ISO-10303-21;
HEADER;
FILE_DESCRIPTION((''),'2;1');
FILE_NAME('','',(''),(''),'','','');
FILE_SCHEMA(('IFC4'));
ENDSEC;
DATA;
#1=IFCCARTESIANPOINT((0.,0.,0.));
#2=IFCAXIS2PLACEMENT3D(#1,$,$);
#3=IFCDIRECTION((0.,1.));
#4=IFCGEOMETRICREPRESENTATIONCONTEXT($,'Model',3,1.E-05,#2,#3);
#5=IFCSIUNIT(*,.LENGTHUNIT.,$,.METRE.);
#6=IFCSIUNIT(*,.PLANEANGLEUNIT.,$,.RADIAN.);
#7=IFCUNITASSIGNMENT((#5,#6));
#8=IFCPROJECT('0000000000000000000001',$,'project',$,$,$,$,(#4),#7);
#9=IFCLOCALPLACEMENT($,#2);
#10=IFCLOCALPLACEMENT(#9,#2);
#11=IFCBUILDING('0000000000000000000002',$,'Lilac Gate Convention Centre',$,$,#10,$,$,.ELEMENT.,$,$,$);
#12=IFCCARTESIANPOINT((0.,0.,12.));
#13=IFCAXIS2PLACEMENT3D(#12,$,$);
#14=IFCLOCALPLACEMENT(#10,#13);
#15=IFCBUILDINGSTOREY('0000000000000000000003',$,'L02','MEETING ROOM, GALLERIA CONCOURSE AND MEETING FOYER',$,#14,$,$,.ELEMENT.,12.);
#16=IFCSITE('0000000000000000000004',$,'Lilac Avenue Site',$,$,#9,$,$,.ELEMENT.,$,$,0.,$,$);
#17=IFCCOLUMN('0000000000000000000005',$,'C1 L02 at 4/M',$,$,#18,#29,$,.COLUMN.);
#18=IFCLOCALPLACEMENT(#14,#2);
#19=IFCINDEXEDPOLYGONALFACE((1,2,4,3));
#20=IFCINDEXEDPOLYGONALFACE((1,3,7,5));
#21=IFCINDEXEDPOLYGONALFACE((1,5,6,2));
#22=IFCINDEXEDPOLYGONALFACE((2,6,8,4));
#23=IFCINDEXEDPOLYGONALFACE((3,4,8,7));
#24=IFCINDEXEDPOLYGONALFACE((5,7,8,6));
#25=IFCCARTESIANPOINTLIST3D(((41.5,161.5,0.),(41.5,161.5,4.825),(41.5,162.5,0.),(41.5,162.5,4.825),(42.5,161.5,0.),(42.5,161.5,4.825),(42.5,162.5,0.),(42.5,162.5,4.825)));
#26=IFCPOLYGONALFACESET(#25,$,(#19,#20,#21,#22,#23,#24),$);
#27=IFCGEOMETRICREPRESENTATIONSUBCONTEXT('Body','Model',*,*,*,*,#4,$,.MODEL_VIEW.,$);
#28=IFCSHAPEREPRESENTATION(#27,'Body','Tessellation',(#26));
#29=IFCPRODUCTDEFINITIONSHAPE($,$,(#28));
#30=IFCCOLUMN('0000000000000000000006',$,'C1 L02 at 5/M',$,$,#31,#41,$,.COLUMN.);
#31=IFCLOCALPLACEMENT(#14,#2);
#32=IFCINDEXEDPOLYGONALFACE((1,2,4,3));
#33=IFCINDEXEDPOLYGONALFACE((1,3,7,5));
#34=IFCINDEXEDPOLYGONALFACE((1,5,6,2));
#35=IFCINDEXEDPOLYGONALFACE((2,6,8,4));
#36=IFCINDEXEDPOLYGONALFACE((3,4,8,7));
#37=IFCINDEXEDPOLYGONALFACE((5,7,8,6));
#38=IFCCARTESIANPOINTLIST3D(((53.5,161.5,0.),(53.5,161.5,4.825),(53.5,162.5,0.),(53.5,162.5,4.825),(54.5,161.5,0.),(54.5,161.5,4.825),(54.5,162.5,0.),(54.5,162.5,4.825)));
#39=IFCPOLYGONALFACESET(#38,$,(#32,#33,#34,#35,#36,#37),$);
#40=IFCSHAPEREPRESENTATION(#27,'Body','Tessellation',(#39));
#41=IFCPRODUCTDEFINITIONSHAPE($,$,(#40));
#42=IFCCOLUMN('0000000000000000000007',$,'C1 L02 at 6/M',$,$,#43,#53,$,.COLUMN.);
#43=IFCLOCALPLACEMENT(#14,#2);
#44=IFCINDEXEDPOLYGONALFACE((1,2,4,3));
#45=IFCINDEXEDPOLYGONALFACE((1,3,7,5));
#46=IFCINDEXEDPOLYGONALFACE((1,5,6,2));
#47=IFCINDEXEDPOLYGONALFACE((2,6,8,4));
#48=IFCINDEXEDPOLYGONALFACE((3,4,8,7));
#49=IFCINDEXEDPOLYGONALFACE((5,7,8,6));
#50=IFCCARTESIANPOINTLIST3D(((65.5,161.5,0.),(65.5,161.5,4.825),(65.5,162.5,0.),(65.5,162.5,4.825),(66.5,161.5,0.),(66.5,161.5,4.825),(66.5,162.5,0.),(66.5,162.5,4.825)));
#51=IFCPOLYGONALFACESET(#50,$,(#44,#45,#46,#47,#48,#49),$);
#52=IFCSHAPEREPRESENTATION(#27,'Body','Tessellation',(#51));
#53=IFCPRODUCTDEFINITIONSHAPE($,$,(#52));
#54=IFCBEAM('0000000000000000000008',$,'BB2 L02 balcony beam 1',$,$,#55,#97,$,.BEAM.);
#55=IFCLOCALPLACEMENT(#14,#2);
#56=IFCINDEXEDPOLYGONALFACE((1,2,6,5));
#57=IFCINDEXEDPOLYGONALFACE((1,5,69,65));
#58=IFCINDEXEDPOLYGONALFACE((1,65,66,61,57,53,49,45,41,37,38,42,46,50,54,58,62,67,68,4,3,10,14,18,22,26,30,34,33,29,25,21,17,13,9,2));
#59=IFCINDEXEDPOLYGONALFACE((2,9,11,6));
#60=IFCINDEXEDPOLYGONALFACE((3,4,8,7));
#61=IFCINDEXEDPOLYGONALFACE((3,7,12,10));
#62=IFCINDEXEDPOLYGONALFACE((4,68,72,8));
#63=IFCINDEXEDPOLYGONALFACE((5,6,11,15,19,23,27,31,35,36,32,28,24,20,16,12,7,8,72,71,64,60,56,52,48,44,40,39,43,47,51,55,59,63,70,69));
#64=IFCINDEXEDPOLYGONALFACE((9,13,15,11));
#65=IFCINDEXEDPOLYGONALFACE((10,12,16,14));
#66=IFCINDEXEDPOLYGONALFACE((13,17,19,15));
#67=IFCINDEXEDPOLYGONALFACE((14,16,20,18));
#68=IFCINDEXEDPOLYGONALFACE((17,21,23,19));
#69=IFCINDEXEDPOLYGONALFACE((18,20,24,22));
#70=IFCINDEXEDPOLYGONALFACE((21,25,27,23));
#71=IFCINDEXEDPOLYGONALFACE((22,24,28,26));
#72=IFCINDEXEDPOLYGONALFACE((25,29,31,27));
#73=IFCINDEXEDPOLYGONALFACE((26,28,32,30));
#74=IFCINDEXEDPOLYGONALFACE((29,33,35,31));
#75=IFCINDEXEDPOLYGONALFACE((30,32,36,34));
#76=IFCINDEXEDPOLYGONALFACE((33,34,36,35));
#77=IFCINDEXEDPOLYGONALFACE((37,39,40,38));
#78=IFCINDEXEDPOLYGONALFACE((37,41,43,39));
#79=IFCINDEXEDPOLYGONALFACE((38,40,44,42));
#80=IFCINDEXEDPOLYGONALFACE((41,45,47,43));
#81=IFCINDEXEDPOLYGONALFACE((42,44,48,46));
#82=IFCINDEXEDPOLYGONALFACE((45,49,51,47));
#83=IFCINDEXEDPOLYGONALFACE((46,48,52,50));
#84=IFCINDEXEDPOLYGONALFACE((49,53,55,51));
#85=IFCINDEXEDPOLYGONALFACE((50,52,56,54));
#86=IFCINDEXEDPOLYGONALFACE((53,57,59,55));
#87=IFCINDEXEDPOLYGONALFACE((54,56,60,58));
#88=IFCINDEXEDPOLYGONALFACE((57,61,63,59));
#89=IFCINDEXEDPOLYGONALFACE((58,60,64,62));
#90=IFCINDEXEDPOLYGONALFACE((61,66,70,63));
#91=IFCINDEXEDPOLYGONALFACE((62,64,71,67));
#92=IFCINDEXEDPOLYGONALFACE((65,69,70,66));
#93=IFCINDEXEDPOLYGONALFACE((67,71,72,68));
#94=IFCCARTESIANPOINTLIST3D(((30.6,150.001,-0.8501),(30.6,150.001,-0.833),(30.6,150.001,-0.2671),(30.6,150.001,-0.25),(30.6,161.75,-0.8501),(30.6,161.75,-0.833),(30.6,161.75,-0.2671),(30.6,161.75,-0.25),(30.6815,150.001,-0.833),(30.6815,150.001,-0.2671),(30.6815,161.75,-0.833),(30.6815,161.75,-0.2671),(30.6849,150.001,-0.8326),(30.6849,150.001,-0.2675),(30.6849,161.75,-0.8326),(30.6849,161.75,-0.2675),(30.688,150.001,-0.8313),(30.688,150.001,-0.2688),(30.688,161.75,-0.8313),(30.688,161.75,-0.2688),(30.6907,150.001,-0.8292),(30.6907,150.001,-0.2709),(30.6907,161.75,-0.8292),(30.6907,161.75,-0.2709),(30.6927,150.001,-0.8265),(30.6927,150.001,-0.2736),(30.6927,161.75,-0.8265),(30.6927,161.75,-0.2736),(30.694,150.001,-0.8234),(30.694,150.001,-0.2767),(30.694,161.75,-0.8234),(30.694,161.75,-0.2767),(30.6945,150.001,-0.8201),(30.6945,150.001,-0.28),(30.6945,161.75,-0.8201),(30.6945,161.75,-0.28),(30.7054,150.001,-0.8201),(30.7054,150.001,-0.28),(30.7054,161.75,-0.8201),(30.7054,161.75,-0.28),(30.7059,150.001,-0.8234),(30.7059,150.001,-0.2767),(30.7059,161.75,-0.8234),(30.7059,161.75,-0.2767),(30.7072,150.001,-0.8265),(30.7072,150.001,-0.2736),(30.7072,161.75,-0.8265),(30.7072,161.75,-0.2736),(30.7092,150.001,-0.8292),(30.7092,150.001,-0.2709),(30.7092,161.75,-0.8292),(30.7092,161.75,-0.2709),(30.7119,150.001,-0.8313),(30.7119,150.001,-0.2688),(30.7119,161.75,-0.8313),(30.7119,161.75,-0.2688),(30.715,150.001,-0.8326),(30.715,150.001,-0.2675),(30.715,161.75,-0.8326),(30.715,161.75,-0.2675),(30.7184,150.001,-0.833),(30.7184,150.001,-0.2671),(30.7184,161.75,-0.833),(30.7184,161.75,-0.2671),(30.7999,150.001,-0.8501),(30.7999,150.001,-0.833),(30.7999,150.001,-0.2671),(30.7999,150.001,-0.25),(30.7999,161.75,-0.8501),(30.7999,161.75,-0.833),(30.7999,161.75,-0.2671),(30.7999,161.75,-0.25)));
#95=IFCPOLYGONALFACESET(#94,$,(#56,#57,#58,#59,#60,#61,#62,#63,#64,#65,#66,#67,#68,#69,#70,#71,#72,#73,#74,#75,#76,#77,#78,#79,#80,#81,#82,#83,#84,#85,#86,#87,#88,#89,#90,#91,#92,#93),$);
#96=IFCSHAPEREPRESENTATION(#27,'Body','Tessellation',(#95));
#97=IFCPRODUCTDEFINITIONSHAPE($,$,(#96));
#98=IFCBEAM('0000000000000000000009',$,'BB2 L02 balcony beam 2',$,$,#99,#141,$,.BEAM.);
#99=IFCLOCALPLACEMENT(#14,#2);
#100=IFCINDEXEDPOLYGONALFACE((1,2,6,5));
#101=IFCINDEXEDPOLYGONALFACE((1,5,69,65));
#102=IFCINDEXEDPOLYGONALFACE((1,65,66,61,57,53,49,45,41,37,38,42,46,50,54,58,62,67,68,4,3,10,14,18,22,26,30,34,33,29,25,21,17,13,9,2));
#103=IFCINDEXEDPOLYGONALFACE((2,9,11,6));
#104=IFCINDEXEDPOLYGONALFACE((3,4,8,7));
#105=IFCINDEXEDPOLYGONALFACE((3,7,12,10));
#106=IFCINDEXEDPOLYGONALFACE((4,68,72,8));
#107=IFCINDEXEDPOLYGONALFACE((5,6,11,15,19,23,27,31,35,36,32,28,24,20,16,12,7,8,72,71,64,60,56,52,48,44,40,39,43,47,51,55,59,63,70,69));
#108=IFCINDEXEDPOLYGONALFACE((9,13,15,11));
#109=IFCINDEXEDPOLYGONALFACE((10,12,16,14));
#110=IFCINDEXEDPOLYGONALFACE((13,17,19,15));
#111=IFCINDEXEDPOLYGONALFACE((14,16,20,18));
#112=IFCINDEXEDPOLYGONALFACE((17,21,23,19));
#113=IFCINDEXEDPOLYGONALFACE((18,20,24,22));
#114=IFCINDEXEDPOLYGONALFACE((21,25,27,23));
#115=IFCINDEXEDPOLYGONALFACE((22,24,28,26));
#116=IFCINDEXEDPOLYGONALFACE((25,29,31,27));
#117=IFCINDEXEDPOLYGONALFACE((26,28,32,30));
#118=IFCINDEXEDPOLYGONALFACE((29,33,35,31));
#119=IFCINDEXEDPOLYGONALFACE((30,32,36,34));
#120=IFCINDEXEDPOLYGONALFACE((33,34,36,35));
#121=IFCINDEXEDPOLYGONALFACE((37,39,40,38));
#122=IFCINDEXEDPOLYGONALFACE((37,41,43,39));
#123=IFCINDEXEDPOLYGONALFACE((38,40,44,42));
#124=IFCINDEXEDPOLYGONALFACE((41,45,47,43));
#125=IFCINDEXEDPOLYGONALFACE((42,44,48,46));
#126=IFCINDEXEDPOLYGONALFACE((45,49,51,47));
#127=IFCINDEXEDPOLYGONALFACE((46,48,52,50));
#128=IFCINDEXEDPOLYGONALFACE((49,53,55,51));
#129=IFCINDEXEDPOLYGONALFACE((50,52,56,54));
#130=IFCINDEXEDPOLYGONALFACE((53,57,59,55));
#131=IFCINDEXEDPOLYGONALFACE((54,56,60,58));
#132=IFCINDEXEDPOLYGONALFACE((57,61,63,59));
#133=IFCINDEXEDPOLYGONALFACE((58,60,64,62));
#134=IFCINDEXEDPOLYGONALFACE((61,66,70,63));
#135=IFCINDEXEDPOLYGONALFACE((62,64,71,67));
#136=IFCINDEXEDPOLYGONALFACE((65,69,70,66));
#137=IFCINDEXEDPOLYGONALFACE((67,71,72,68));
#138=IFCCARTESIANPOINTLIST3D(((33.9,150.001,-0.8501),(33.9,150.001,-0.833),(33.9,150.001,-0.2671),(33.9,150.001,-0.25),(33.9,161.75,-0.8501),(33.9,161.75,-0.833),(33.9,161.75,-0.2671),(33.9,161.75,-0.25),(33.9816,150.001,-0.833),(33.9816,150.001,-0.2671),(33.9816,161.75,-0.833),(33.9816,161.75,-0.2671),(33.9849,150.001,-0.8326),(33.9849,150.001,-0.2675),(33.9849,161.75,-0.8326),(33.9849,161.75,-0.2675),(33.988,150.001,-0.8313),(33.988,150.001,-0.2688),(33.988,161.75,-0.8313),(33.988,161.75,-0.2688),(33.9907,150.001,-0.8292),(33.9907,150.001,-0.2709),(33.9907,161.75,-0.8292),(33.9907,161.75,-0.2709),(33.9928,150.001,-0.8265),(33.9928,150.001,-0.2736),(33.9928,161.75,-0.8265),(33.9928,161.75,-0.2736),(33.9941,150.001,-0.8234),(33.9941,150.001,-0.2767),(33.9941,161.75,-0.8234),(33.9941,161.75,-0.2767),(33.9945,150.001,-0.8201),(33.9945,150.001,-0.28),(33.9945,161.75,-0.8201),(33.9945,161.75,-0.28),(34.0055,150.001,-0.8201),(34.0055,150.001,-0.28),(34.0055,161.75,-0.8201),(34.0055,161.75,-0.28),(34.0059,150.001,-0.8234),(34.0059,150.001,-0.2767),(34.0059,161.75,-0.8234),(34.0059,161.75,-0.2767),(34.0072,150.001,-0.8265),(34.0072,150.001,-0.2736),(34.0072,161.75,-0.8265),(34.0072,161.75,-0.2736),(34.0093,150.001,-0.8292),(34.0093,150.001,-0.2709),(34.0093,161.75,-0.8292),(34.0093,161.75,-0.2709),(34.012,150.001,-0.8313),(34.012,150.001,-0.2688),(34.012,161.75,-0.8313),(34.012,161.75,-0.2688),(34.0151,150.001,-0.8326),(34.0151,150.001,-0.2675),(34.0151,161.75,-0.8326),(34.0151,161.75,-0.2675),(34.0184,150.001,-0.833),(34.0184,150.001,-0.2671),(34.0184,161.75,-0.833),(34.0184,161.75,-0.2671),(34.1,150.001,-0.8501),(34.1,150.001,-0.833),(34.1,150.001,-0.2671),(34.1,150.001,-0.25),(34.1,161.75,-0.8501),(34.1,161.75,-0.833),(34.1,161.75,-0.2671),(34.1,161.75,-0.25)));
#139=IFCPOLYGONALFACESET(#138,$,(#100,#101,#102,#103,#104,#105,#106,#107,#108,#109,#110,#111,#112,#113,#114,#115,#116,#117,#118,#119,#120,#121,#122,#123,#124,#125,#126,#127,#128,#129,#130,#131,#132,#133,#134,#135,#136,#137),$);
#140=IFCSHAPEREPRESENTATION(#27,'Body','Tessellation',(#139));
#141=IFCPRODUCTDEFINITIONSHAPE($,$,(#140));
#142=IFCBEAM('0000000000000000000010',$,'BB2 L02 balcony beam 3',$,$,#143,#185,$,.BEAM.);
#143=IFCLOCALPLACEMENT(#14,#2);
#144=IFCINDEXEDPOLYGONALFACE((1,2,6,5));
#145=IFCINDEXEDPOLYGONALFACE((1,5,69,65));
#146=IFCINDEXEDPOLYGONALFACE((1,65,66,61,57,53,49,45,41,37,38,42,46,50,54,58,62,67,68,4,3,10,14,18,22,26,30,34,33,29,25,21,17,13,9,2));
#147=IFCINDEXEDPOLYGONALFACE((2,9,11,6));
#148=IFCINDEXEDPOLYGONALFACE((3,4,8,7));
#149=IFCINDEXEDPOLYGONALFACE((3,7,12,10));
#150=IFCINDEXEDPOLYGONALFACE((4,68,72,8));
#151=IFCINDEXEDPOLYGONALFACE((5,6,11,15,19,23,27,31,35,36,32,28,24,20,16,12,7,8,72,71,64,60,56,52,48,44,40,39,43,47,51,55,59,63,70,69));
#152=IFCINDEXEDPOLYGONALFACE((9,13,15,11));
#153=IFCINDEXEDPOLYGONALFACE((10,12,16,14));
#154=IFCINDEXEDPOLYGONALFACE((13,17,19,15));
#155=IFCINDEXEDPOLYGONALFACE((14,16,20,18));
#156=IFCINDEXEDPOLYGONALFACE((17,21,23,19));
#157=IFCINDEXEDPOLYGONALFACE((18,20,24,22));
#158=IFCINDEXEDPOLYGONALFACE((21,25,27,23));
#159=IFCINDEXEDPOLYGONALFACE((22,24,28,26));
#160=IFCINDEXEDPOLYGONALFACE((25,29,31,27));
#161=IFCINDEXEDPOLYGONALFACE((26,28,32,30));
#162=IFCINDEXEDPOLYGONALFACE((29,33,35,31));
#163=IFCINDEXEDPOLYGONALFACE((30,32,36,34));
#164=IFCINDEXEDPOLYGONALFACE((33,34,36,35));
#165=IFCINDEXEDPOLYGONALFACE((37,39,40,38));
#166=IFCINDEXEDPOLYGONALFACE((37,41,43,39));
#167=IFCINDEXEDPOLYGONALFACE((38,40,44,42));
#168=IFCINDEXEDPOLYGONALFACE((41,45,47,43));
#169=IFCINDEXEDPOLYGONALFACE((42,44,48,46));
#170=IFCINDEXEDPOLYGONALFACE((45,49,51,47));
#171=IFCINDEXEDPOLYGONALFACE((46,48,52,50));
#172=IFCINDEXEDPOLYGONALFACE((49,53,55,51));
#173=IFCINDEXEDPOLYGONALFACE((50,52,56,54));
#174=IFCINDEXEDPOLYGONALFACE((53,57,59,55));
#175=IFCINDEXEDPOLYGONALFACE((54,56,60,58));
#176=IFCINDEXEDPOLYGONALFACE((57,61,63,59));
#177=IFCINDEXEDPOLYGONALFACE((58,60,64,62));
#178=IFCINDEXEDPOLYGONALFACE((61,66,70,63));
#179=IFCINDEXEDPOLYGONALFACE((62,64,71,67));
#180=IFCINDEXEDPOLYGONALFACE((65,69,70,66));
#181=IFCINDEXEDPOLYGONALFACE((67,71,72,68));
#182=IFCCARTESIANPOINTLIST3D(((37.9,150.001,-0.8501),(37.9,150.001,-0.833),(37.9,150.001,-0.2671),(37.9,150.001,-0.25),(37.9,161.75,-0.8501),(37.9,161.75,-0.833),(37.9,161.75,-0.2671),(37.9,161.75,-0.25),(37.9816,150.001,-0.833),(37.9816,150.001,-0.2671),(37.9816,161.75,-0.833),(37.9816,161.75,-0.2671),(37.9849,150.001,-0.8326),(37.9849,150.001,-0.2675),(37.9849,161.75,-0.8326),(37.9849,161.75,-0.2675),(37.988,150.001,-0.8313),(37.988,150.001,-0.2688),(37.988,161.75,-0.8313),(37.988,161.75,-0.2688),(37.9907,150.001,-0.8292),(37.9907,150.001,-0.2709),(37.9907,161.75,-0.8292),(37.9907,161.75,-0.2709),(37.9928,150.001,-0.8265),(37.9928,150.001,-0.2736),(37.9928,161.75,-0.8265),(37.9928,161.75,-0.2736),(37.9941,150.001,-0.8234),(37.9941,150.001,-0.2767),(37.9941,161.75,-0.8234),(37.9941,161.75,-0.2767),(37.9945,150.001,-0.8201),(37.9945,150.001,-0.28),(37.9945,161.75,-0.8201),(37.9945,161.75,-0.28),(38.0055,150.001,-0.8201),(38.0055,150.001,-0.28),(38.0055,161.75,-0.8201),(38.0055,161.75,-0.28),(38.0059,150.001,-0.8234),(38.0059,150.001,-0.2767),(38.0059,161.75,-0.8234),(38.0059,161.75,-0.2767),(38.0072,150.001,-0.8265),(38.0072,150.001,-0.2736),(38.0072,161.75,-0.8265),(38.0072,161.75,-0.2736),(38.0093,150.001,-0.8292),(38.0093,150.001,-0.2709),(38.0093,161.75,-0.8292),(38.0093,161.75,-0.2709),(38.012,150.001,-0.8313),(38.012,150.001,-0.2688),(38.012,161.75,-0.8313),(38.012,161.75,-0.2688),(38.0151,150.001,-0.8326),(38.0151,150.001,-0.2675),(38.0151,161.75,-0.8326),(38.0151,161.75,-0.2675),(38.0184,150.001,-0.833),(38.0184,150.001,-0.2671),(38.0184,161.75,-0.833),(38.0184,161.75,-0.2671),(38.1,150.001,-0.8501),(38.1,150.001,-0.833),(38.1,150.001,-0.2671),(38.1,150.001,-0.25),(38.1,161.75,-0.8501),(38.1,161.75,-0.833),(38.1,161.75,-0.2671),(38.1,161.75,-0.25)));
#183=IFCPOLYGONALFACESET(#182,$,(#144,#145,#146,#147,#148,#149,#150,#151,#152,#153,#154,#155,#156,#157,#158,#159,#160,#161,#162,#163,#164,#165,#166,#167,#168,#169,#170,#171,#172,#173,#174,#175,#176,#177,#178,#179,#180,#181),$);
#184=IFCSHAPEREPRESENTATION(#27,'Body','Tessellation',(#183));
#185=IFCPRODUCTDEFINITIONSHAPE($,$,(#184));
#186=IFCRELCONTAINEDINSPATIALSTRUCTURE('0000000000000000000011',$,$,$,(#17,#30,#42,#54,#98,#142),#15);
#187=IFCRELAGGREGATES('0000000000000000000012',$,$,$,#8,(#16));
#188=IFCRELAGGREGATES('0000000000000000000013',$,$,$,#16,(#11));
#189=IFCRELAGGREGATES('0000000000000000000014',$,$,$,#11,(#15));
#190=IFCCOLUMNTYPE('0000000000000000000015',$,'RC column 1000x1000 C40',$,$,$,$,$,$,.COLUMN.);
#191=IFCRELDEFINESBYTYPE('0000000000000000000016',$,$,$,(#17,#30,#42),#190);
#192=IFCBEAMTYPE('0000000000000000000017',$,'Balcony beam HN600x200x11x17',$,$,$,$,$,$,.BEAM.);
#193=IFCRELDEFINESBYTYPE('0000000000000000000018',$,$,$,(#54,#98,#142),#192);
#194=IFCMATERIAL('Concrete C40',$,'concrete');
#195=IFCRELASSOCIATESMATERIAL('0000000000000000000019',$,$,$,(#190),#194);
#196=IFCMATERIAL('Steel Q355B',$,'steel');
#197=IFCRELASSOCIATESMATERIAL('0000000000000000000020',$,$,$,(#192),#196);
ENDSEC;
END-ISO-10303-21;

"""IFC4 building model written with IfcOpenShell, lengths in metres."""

from ifc_helpers import new_model, si_unit, direction, frame, origin, origin_2d, place, context, subcontext, project, spatial, rectangle, i_section, extrude, material, material_profile, profile_set, type_object, element, save


model = new_model("IFC4")

# Units and contexts
model_context = context("Model", 3, precision=1e-05, world=origin(), true_north=direction((0.0, 1.0)))
body_context = subcontext(model_context, "Body", "Model", "MODEL_VIEW")
ifc_project = project(units=[si_unit("LENGTHUNIT", "METRE"), si_unit("PLANEANGLEUNIT", "RADIAN")], contexts=[model_context])

# Site, building, storey
site_placement = place(None, origin())
site = spatial("IfcSite", under=ifc_project, at=site_placement, Name="Lilac Avenue Site", CompositionType="ELEMENT", RefElevation=0.0)
building_placement = place(site_placement, origin())
building = spatial("IfcBuilding", under=site, at=building_placement, Name="Lilac Gate Convention Centre", CompositionType="ELEMENT")
storey_placement = place(building_placement, frame((0.0, 0.0, 12.0)))
storey = spatial("IfcBuildingStorey", under=building, at=storey_placement, Name="L02", Description="MEETING ROOM, GALLERIA CONCOURSE AND MEETING FOYER", CompositionType="ELEMENT", Elevation=12.0)

# Columns
ifc_material_1 = material(Name="Concrete C40", Category="concrete")
ifc_material_profile_1 = material_profile(ifc_material_1, rectangle(XDim=1.0, YDim=1.0, at=origin_2d()), Name="RC 1000x1000")
ifc_profile_set_1 = profile_set([ifc_material_profile_1], Name="Concrete C40")
column_type = type_object("IfcColumnType", Name="RC column 1000x1000 C40", PredefinedType="COLUMN", material=ifc_profile_set_1)
for number, where, z_axis, x_axis, name in (
    (1, (42.0, 162.0, 0.0), (0.0, 0.0, 1.0), (1.0, 0.0, 0.0), "C1 L02 at 4/M"),
    (2, (54.0, 162.0, 0.0), (0.0, 0.0, 1.0), (1.0, 0.0, 0.0), "C1 L02 at 5/M"),
    (3, (66.0, 162.0, 0.0), (0.0, 0.0, 1.0), (1.0, 0.0, 0.0), "C1 L02 at 6/M"),
):
    element("IfcColumn", number, at=place(storey_placement, frame(where, z_axis=z_axis, x_axis=x_axis)), inside=storey, type_object=column_type, Name=name, PredefinedType="COLUMN", context=body_context, shape_type="SweptSolid", body=[
        extrude(rectangle(XDim=1.0, YDim=1.0, at=origin_2d()), origin(), (0.0, 0.0, 1.0), 4.825),
    ])

# Beams
ifc_material_2 = material(Name="Steel Q355B", Category="steel")
ifc_material_profile_2 = material_profile(ifc_material_2, i_section(OverallWidth=0.2, OverallDepth=0.6001, WebThickness=0.011, FlangeThickness=0.0171, FilletRadius=0.0129, at=origin_2d()), Name="HN600x200x11x17")
ifc_profile_set_2 = profile_set([ifc_material_profile_2], Name="Steel Q355B")
beam_type_1 = type_object("IfcBeamType", Name="Balcony beam HN600x200x11x17", PredefinedType="BEAM", material=ifc_profile_set_2)
for number, where, z_axis, x_axis, name in (
    (4, (30.7, 150.001, -0.55), (0.0, 1.0, 0.0), (-1.0, 0.0, 0.0), "BB2 L02 balcony beam 1"),
    (5, (34.0, 150.001, -0.55), (0.0, 1.0, 0.0), (-1.0, 0.0, 0.0), "BB2 L02 balcony beam 2"),
    (6, (38.0, 150.001, -0.55), (0.0, 1.0, 0.0), (-1.0, 0.0, 0.0), "BB2 L02 balcony beam 3"),
):
    element("IfcBeam", number, at=place(storey_placement, frame(where, z_axis=z_axis, x_axis=x_axis)), inside=storey, type_object=beam_type_1, Name=name, PredefinedType="BEAM", context=body_context, shape_type="SweptSolid", body=[
        extrude(i_section(OverallWidth=0.2, OverallDepth=0.6001, WebThickness=0.011, FlangeThickness=0.0171, FilletRadius=0.0129, at=origin_2d()), origin(), (0.0, 0.0, 1.0), 11.749),
    ])

save(model, "model.ifc")
